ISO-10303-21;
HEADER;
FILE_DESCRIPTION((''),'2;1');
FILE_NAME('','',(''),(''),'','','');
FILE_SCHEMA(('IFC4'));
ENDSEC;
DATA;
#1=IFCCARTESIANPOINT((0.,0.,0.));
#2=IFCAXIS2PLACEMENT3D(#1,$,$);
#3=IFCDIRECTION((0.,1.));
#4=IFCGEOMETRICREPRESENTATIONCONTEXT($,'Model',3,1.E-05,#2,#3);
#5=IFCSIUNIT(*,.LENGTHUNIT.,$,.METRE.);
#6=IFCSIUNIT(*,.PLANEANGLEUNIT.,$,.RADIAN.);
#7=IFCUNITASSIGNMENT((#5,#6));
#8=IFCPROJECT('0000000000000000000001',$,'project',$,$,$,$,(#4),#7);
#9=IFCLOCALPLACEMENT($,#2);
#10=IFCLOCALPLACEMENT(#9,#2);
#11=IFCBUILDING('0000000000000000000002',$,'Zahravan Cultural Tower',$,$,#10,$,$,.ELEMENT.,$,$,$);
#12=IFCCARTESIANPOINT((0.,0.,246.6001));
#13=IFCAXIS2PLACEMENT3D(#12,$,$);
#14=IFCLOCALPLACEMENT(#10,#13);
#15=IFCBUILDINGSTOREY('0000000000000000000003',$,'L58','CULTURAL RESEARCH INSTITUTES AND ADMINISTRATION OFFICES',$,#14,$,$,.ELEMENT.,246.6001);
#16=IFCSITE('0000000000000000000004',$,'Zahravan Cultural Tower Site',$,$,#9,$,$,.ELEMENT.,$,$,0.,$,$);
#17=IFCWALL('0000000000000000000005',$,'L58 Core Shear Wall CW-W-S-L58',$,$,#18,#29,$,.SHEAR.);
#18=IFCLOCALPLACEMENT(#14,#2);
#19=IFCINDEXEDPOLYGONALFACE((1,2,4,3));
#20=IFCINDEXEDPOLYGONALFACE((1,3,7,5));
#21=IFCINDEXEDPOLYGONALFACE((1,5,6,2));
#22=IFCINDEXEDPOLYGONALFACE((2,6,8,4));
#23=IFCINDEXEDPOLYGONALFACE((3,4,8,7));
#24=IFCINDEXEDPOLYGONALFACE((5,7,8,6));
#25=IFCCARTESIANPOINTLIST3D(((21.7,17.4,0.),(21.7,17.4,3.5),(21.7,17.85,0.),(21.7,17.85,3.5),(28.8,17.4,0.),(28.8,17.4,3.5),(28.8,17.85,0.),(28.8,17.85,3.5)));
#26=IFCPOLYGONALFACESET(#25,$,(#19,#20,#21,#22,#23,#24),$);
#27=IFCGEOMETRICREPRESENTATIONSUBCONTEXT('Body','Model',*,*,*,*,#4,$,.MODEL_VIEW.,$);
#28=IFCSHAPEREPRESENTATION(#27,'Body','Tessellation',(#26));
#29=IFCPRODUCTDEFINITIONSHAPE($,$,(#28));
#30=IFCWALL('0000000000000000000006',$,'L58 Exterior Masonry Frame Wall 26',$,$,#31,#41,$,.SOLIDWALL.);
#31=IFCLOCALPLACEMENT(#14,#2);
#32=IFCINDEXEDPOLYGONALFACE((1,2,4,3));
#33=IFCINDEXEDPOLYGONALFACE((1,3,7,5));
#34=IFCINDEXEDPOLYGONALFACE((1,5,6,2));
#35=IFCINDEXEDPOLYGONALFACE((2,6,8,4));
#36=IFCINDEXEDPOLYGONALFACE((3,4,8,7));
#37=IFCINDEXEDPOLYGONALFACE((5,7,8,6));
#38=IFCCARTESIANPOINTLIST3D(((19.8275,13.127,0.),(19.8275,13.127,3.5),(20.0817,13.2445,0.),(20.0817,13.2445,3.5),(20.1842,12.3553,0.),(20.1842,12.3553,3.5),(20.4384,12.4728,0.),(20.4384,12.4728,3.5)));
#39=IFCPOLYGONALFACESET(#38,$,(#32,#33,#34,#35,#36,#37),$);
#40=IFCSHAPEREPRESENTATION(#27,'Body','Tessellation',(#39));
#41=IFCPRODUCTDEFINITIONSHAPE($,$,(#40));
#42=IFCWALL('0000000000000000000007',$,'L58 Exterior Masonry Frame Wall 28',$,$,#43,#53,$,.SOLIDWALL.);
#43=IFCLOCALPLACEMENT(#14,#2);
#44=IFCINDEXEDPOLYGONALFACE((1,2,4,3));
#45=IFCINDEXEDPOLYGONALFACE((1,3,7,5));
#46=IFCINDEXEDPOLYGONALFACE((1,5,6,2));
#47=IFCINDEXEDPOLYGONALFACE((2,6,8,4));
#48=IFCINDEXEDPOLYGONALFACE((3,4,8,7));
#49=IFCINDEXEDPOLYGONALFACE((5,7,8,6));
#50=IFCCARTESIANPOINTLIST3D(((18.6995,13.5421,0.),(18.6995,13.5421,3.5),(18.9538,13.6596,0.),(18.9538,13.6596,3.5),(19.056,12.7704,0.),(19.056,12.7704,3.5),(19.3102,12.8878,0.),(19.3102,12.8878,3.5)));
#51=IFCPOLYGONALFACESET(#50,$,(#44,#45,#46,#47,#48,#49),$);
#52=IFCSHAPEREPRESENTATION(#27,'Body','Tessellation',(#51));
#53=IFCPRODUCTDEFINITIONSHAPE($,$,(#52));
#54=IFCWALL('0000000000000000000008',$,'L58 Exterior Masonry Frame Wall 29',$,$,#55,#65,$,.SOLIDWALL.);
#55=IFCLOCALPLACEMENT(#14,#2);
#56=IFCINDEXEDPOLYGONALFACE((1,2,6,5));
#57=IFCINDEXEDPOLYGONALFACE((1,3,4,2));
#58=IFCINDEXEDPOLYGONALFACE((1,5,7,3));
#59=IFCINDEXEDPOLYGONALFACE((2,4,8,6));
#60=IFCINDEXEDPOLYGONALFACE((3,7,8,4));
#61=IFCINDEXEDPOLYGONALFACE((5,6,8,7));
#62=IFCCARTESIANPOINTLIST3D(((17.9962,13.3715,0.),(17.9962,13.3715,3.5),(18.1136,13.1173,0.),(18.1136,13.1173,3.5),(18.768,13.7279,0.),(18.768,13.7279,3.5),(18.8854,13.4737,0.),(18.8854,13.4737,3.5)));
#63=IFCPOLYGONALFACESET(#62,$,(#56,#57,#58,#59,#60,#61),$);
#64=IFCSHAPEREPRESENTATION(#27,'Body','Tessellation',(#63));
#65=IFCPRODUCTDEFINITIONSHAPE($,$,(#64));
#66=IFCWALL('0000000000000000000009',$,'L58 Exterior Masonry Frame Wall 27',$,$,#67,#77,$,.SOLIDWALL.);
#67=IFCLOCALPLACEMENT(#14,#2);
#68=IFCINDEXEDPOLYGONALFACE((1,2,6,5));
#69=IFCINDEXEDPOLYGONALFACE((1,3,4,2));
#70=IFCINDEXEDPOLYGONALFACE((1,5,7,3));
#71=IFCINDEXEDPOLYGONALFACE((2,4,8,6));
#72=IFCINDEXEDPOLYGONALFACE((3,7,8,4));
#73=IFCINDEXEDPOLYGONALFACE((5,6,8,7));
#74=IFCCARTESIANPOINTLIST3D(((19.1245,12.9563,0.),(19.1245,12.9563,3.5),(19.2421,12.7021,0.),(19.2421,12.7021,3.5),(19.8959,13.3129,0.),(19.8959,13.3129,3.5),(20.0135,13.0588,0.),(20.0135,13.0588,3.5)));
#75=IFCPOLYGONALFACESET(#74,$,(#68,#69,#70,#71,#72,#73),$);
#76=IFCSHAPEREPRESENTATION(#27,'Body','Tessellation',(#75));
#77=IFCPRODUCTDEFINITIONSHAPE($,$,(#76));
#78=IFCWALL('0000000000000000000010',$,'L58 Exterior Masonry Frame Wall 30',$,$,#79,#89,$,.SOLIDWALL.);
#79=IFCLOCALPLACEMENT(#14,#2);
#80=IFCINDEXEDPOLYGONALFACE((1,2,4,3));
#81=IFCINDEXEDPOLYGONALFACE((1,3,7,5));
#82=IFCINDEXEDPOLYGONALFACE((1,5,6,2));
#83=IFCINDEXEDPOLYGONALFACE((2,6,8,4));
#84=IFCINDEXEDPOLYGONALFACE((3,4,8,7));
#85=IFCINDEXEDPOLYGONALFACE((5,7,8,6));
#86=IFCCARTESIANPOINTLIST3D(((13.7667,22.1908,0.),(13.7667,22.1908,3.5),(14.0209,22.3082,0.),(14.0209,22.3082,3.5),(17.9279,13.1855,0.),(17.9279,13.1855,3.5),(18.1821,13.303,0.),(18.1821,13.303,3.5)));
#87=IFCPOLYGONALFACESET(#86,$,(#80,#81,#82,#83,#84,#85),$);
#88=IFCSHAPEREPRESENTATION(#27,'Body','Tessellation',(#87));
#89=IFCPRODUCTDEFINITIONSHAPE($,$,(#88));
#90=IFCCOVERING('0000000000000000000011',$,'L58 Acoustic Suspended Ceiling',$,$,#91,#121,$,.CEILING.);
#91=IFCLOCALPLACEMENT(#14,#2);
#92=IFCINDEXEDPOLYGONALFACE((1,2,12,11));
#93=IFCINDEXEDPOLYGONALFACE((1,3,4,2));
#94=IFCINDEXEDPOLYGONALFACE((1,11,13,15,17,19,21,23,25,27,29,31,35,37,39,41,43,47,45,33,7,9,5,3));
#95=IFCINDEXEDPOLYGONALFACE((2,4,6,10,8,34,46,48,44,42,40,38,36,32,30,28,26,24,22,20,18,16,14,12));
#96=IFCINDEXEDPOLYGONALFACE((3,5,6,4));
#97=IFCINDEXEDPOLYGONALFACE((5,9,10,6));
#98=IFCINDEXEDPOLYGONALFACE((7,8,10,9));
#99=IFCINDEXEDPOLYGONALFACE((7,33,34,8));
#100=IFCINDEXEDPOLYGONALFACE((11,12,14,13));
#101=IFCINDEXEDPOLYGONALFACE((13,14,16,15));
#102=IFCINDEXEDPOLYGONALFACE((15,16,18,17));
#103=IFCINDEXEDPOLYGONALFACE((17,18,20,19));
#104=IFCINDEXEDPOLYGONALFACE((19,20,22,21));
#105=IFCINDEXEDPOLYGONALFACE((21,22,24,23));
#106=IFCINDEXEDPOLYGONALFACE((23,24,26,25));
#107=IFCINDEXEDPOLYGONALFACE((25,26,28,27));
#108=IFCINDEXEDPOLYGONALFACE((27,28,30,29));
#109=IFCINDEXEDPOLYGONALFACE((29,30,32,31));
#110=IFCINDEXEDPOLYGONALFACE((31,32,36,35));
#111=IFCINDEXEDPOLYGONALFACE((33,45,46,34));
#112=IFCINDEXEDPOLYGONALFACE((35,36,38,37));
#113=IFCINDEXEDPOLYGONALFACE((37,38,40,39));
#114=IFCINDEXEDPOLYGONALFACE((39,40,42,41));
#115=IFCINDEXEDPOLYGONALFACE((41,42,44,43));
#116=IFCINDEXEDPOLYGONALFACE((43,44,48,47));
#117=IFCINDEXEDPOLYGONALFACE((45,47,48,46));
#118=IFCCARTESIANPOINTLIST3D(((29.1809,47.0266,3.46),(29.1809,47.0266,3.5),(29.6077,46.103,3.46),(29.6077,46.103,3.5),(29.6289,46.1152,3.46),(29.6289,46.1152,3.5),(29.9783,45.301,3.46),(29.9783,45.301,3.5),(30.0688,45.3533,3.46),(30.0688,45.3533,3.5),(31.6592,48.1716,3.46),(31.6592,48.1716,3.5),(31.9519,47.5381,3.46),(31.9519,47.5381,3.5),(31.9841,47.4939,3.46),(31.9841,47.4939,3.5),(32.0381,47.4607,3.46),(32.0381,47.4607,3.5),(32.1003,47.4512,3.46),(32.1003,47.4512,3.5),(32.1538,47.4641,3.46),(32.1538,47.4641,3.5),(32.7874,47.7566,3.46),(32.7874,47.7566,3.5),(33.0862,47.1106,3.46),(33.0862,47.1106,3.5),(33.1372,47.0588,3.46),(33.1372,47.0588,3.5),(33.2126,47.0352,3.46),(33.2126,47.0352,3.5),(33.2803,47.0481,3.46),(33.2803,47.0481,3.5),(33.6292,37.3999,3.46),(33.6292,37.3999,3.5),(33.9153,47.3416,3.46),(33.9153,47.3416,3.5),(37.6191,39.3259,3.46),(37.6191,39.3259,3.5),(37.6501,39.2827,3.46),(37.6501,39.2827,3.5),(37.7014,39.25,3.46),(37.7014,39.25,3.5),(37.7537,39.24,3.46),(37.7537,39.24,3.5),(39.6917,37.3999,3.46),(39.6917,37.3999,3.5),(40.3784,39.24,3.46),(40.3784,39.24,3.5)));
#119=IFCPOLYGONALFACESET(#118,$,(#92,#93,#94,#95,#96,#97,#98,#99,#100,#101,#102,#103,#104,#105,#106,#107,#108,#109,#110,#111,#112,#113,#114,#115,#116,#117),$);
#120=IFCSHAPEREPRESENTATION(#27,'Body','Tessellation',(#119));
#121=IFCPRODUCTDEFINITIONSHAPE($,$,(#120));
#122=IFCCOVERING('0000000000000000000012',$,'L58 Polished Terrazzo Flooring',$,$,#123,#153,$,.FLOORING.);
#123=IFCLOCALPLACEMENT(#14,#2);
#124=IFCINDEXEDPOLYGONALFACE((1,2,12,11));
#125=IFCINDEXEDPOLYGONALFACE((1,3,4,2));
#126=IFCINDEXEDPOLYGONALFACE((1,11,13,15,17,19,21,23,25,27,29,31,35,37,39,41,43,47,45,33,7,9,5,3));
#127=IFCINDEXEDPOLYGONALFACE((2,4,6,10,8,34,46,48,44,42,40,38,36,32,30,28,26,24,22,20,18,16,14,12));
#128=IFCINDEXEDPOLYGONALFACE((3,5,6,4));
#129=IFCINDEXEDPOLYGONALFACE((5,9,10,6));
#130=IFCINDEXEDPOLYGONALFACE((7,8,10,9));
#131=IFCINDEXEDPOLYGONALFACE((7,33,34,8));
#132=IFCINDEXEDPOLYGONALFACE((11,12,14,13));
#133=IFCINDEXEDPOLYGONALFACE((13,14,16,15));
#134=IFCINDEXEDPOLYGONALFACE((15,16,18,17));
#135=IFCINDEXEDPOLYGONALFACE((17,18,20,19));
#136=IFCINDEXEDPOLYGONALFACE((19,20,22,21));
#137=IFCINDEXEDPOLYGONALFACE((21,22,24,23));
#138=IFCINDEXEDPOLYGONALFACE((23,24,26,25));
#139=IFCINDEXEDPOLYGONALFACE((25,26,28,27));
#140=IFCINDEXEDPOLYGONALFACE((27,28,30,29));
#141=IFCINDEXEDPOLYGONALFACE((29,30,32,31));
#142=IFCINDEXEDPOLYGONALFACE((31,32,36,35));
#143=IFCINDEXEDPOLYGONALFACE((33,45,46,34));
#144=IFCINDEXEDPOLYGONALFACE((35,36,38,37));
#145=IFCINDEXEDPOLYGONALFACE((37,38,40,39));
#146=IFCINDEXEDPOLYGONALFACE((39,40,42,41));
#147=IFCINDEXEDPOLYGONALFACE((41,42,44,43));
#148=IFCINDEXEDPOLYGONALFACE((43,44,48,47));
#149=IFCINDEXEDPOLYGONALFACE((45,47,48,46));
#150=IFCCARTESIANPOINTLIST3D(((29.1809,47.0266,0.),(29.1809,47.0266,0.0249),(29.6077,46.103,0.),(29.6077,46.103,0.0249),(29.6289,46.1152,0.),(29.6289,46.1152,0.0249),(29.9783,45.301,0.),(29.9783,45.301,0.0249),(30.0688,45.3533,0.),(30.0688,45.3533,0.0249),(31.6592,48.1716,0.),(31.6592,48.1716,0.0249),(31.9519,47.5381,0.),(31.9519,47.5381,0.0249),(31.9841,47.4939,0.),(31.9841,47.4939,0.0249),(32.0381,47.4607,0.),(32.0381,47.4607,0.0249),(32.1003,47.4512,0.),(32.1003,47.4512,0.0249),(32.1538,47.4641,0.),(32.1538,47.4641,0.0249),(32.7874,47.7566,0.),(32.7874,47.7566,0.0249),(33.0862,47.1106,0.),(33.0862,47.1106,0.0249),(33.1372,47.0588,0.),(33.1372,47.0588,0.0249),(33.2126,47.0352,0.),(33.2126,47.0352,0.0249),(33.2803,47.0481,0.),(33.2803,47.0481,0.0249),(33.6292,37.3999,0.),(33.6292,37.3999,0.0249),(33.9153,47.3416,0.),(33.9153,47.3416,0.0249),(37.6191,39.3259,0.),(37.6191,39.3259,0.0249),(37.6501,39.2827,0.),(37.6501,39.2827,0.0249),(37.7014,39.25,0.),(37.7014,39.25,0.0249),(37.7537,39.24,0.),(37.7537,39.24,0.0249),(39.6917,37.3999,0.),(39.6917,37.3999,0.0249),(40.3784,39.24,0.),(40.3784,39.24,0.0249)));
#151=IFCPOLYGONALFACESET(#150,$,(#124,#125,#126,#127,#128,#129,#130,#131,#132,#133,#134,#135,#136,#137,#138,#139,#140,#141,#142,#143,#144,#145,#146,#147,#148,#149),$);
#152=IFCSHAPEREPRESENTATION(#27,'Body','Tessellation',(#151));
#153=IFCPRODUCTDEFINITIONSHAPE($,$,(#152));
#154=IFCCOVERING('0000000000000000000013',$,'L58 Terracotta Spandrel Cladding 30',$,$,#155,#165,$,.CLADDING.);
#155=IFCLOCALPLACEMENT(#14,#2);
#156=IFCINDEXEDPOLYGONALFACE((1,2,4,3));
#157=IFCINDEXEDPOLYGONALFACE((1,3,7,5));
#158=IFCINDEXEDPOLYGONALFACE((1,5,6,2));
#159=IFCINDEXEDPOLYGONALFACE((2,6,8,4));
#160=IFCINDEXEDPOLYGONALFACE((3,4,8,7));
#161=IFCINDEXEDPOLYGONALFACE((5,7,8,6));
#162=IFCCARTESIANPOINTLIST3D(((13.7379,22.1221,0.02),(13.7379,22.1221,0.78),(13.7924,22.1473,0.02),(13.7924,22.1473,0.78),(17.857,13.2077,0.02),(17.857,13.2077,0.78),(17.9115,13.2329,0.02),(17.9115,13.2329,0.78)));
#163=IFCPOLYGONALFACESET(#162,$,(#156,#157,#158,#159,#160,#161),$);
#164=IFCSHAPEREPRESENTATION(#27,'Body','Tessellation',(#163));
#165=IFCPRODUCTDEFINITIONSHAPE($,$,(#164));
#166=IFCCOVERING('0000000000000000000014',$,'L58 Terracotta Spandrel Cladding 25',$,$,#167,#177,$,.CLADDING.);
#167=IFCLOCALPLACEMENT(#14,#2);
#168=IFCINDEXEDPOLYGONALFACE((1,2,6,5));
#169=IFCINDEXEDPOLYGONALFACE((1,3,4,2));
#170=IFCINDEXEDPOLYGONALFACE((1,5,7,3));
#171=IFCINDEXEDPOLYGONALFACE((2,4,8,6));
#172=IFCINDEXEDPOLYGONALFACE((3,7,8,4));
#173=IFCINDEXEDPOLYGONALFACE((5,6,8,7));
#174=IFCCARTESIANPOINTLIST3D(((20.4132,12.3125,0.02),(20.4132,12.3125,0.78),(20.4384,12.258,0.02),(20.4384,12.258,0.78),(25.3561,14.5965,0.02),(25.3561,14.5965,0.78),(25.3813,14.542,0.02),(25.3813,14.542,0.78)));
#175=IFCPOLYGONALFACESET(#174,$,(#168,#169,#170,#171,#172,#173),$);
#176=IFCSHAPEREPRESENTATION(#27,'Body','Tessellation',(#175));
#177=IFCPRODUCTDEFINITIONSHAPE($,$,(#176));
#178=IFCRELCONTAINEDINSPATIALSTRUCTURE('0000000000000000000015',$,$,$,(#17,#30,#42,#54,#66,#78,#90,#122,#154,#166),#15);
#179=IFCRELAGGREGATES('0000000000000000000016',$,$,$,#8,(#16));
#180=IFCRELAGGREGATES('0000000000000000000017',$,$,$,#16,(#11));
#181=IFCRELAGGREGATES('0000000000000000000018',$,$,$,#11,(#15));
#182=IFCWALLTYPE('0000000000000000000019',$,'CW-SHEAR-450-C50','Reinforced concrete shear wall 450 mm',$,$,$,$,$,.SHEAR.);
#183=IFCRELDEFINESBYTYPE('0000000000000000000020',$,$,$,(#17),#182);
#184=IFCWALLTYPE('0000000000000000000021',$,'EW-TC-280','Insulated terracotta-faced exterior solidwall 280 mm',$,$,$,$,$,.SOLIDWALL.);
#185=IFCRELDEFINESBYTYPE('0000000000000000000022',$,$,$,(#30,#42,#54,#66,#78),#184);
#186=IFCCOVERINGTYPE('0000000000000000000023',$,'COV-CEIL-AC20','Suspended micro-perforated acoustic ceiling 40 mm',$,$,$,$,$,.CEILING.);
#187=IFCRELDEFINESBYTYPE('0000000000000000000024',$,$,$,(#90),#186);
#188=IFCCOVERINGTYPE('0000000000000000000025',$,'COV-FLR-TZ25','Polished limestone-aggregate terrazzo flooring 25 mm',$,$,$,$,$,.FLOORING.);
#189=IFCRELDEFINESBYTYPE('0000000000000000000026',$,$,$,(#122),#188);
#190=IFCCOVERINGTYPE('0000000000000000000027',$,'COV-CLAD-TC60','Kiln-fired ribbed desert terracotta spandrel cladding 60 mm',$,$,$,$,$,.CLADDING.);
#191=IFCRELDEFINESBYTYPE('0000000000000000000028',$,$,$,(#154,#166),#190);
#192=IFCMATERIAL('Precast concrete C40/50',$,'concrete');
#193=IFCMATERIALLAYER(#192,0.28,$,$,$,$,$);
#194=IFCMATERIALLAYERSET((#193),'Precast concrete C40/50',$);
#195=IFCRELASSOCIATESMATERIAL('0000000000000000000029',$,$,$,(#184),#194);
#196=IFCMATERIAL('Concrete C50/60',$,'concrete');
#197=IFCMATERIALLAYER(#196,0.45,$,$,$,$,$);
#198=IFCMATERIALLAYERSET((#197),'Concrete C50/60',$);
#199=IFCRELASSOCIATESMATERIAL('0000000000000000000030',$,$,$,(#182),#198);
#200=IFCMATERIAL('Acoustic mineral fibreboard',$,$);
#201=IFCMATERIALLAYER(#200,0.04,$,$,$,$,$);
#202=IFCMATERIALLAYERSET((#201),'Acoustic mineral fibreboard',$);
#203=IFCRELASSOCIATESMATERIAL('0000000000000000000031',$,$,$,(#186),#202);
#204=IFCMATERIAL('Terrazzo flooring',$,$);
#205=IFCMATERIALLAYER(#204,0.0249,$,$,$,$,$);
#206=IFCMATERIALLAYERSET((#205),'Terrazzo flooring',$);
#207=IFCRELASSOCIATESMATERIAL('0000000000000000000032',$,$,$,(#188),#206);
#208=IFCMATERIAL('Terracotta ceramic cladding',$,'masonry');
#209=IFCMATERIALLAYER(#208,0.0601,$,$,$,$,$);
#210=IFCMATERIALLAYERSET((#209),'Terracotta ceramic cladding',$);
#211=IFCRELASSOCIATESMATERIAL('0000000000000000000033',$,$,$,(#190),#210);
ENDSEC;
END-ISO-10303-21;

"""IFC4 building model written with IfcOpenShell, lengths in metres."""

from ifc_helpers import new_model, si_unit, direction, frame, frame_2d, origin, origin_2d, place, context, subcontext, project, spatial, polyline, rectangle, outline, extrude, source, transform, mapped, material, layer, layer_set, type_object, element, save


model = new_model("IFC4")

# Units and contexts
model_context = context("Model", 3, precision=1e-05, world=origin(), true_north=direction((0.0, 1.0)))
body_context = subcontext(model_context, "Body", "Model", "MODEL_VIEW")
ifc_project = project(units=[si_unit("LENGTHUNIT", "METRE"), si_unit("PLANEANGLEUNIT", "RADIAN")], contexts=[model_context])

# Site, building, storey
site_placement = place(None, origin())
site = spatial("IfcSite", under=ifc_project, at=site_placement, Name="Zahravan Cultural Tower Site", CompositionType="ELEMENT", RefElevation=0.0)
building_placement = place(site_placement, origin())
building = spatial("IfcBuilding", under=site, at=building_placement, Name="Zahravan Cultural Tower", CompositionType="ELEMENT")
storey_placement = place(building_placement, frame((0.0, 0.0, 246.6001)))
storey = spatial("IfcBuildingStorey", under=building, at=storey_placement, Name="L58", Description="CULTURAL RESEARCH INSTITUTES AND ADMINISTRATION OFFICES", CompositionType="ELEMENT", Elevation=246.6001)

# Shared definitions
ifc_material_1 = material(Name="Concrete C50/60", Category="concrete")

# Shared definitions
ifc_material_2 = material(Name="Precast concrete C40/50", Category="concrete")
ifc_layer_1 = layer(ifc_material_2, 0.28)
ifc_layer_set_1 = layer_set([ifc_layer_1], Name="Precast concrete C40/50")
wall_type_1 = type_object("IfcWallType", Name="EW-TC-280", Description="Insulated terracotta-faced exterior solidwall 280 mm", PredefinedType="SOLIDWALL", material=ifc_layer_set_1)

# Walls
ifc_layer_2 = layer(ifc_material_1, 0.45)
ifc_layer_set_2 = layer_set([ifc_layer_2], Name="Concrete C50/60")
wall_type_2 = type_object("IfcWallType", Name="CW-SHEAR-450-C50", Description="Reinforced concrete shear wall 450 mm", PredefinedType="SHEAR", material=ifc_layer_set_2)
shared_shape_1 = source(origin(), body_context, "Body", "SweptSolid", [
    extrude(rectangle(XDim=7.1001, YDim=0.45, at=frame_2d((3.55, 0.0))), origin(), (0.0, 0.0, 1.0), 3.5),
])
wall_1_placement = place(storey_placement, frame((21.7, 17.625, 0.0), z_axis=(0.0, 0.0, 1.0), x_axis=(1.0, 0.0, 0.0)))
element("IfcWall", 1, at=wall_1_placement, inside=storey, type_object=wall_type_2, Name="L58 Core Shear Wall CW-W-S-L58", PredefinedType="SHEAR", context=body_context, shape_type="MappedRepresentation", body=[
    mapped(shared_shape_1, transform((0.0, 0.0, 0.0), x_axis=(1.0, 0.0, 0.0), y_axis=(0.0, 1.0, 0.0), z_axis=(0.0, 0.0, 1.0), scale=1.0)),
])
shared_shape_2 = source(origin(), body_context, "Body", "SweptSolid", [
    extrude(rectangle(XDim=0.8501, YDim=0.28, at=frame_2d((0.425, 0.0))), origin(), (0.0, 0.0, 1.0), 3.5),
])
for number, where, z_axis, x_axis, name in (
    (2, (20.3113, 12.4141, 0.0), (0.0, 0.0, 1.0), (-0.41955, 0.907732, 0.0), "L58 Exterior Masonry Frame Wall 26"),
    (3, (19.1831, 12.8291, 0.0), (0.0, 0.0, 1.0), (-0.419313, 0.907842, 0.0), "L58 Exterior Masonry Frame Wall 28"),
    (4, (18.8267, 13.6008, 0.0), (0.0, 0.0, 1.0), (-0.907842, -0.419313, 0.0), "L58 Exterior Masonry Frame Wall 29"),
):
    element("IfcWall", number, at=place(storey_placement, frame(where, z_axis=z_axis, x_axis=x_axis)), inside=storey, type_object=wall_type_1, Name=name, PredefinedType="SOLIDWALL", context=body_context, shape_type="MappedRepresentation", body=[
        mapped(shared_shape_2, transform((0.0, 0.0, 0.0), x_axis=(1.0, 0.0, 0.0), y_axis=(0.0, 1.0, 0.0), z_axis=(0.0, 0.0, 1.0), scale=1.0)),
    ])
shared_shape_3 = source(origin(), body_context, "Body", "SweptSolid", [
    extrude(rectangle(XDim=0.8499, YDim=0.28, at=frame_2d((0.4248, 0.0))), origin(), (0.0, 0.0, 1.0), 3.5),
])
wall_2_placement = place(storey_placement, frame((19.9546, 13.1858, 0.0), z_axis=(0.0, 0.0, 1.0), x_axis=(-0.907682, -0.419659, 0.0)))
element("IfcWall", 5, at=wall_2_placement, inside=storey, type_object=wall_type_1, Name="L58 Exterior Masonry Frame Wall 27", PredefinedType="SOLIDWALL", context=body_context, shape_type="MappedRepresentation", body=[
    mapped(shared_shape_3, transform((0.0, 0.0, 0.0), x_axis=(1.0, 0.0, 0.0), y_axis=(0.0, 1.0, 0.0), z_axis=(0.0, 0.0, 1.0), scale=1.0)),
])
shared_shape_4 = source(origin(), body_context, "Body", "SweptSolid", [
    extrude(rectangle(XDim=9.9202, YDim=0.28, at=frame_2d((4.96, 0.0))), origin(), (0.0, 0.0, 1.0), 3.5),
])
wall_3_placement = place(storey_placement, frame((18.0549, 13.2444, 0.0), z_axis=(0.0, 0.0, 1.0), x_axis=(-0.419467, 0.907771, 0.0)))
element("IfcWall", 6, at=wall_3_placement, inside=storey, type_object=wall_type_1, Name="L58 Exterior Masonry Frame Wall 30", PredefinedType="SOLIDWALL", context=body_context, shape_type="MappedRepresentation", body=[
    mapped(shared_shape_4, transform((0.0, 0.0, 0.0), x_axis=(1.0, 0.0, 0.0), y_axis=(0.0, 1.0, 0.0), z_axis=(0.0, 0.0, 1.0), scale=1.0)),
])

# Coverings
ifc_material_3 = material(Name="Acoustic mineral fibreboard")
ifc_layer_3 = layer(ifc_material_3, 0.04)
ifc_layer_set_3 = layer_set([ifc_layer_3], Name="Acoustic mineral fibreboard")
covering_type_1 = type_object("IfcCoveringType", Name="COV-CEIL-AC20", Description="Suspended micro-perforated acoustic ceiling 40 mm", PredefinedType="CEILING", material=ifc_layer_set_3)
covering_1_placement = place(storey_placement, frame((0.0, 0.0, 3.46)))
element("IfcCovering", 7, at=covering_1_placement, inside=storey, type_object=covering_type_1, Name="L58 Acoustic Suspended Ceiling", PredefinedType="CEILING", context=body_context, shape_type="SweptSolid", body=[
    extrude(outline(polyline([(29.6289, 46.1152), (30.0688, 45.3533), (29.9783, 45.301), (33.6292, 37.3999), (39.6917, 37.3999), (40.3784, 39.24), (37.7537, 39.24), (37.7014, 39.25), (37.6501, 39.2827), (37.6191, 39.3259), (33.9153, 47.3416), (33.2803, 47.0481), (33.2126, 47.0352), (33.1372, 47.0588), (33.0862, 47.1106), (32.7874, 47.7566), (32.1538, 47.4641), (32.1003, 47.4512), (32.0381, 47.4607), (31.9841, 47.4939), (31.9519, 47.5381), (31.6592, 48.1716), (29.1809, 47.0266), (29.6077, 46.103), (29.6289, 46.1152)])), origin(), (0.0, 0.0, 1.0), 0.04),
])
ifc_material_4 = material(Name="Terrazzo flooring")
ifc_layer_4 = layer(ifc_material_4, 0.0249)
ifc_layer_set_4 = layer_set([ifc_layer_4], Name="Terrazzo flooring")
covering_type_2 = type_object("IfcCoveringType", Name="COV-FLR-TZ25", Description="Polished limestone-aggregate terrazzo flooring 25 mm", PredefinedType="FLOORING", material=ifc_layer_set_4)
covering_2_placement = place(storey_placement, origin())
element("IfcCovering", 8, at=covering_2_placement, inside=storey, type_object=covering_type_2, Name="L58 Polished Terrazzo Flooring", PredefinedType="FLOORING", context=body_context, shape_type="SweptSolid", body=[
    extrude(outline(polyline([(29.6289, 46.1152), (30.0688, 45.3533), (29.9783, 45.301), (33.6292, 37.3999), (39.6917, 37.3999), (40.3784, 39.24), (37.7537, 39.24), (37.7014, 39.25), (37.6501, 39.2827), (37.6191, 39.3259), (33.9153, 47.3416), (33.2803, 47.0481), (33.2126, 47.0352), (33.1372, 47.0588), (33.0862, 47.1106), (32.7874, 47.7566), (32.1538, 47.4641), (32.1003, 47.4512), (32.0381, 47.4607), (31.9841, 47.4939), (31.9519, 47.5381), (31.6592, 48.1716), (29.1809, 47.0266), (29.6077, 46.103), (29.6289, 46.1152)])), origin(), (0.0, 0.0, 1.0), 0.0249),
])
ifc_material_5 = material(Name="Terracotta ceramic cladding", Category="masonry")
ifc_layer_5 = layer(ifc_material_5, 0.0601)
ifc_layer_set_5 = layer_set([ifc_layer_5], Name="Terracotta ceramic cladding")
covering_type_3 = type_object("IfcCoveringType", Name="COV-CLAD-TC60", Description="Kiln-fired ribbed desert terracotta spandrel cladding 60 mm", PredefinedType="CLADDING", material=ifc_layer_set_5)
shared_shape_5 = source(origin(), body_context, "Body", "SweptSolid", [
    extrude(rectangle(XDim=9.8201, YDim=0.0601, at=origin_2d()), origin(), (0.0, 0.0, 1.0), 0.76),
])
covering_3_placement = place(storey_placement, frame((15.8247, 17.6775, 0.02), z_axis=(0.0, 0.0, 1.0), x_axis=(-0.419452, 0.907777, 0.0)))
element("IfcCovering", 9, at=covering_3_placement, inside=storey, type_object=covering_type_3, Name="L58 Terracotta Spandrel Cladding 30", PredefinedType="CLADDING", context=body_context, shape_type="MappedRepresentation", body=[
    mapped(shared_shape_5, transform((0.0, 0.0, 0.0), x_axis=(1.0, 0.0, 0.0), y_axis=(0.0, 1.0, 0.0), z_axis=(0.0, 0.0, 1.0), scale=1.0)),
])
shared_shape_6 = source(origin(), body_context, "Body", "SweptSolid", [
    extrude(rectangle(XDim=5.4451, YDim=0.0601, at=origin_2d()), origin(), (0.0, 0.0, 1.0), 0.76),
])
covering_4_placement = place(storey_placement, frame((22.8972, 13.4272, 0.02), z_axis=(0.0, 0.0, 1.0), x_axis=(-0.907777, -0.419452, 0.0)))
element("IfcCovering", 10, at=covering_4_placement, inside=storey, type_object=covering_type_3, Name="L58 Terracotta Spandrel Cladding 25", PredefinedType="CLADDING", context=body_context, shape_type="MappedRepresentation", body=[
    mapped(shared_shape_6, transform((0.0, 0.0, 0.0), x_axis=(1.0, 0.0, 0.0), y_axis=(0.0, 1.0, 0.0), z_axis=(0.0, 0.0, 1.0), scale=1.0)),
])

save(model, "model.ifc")
